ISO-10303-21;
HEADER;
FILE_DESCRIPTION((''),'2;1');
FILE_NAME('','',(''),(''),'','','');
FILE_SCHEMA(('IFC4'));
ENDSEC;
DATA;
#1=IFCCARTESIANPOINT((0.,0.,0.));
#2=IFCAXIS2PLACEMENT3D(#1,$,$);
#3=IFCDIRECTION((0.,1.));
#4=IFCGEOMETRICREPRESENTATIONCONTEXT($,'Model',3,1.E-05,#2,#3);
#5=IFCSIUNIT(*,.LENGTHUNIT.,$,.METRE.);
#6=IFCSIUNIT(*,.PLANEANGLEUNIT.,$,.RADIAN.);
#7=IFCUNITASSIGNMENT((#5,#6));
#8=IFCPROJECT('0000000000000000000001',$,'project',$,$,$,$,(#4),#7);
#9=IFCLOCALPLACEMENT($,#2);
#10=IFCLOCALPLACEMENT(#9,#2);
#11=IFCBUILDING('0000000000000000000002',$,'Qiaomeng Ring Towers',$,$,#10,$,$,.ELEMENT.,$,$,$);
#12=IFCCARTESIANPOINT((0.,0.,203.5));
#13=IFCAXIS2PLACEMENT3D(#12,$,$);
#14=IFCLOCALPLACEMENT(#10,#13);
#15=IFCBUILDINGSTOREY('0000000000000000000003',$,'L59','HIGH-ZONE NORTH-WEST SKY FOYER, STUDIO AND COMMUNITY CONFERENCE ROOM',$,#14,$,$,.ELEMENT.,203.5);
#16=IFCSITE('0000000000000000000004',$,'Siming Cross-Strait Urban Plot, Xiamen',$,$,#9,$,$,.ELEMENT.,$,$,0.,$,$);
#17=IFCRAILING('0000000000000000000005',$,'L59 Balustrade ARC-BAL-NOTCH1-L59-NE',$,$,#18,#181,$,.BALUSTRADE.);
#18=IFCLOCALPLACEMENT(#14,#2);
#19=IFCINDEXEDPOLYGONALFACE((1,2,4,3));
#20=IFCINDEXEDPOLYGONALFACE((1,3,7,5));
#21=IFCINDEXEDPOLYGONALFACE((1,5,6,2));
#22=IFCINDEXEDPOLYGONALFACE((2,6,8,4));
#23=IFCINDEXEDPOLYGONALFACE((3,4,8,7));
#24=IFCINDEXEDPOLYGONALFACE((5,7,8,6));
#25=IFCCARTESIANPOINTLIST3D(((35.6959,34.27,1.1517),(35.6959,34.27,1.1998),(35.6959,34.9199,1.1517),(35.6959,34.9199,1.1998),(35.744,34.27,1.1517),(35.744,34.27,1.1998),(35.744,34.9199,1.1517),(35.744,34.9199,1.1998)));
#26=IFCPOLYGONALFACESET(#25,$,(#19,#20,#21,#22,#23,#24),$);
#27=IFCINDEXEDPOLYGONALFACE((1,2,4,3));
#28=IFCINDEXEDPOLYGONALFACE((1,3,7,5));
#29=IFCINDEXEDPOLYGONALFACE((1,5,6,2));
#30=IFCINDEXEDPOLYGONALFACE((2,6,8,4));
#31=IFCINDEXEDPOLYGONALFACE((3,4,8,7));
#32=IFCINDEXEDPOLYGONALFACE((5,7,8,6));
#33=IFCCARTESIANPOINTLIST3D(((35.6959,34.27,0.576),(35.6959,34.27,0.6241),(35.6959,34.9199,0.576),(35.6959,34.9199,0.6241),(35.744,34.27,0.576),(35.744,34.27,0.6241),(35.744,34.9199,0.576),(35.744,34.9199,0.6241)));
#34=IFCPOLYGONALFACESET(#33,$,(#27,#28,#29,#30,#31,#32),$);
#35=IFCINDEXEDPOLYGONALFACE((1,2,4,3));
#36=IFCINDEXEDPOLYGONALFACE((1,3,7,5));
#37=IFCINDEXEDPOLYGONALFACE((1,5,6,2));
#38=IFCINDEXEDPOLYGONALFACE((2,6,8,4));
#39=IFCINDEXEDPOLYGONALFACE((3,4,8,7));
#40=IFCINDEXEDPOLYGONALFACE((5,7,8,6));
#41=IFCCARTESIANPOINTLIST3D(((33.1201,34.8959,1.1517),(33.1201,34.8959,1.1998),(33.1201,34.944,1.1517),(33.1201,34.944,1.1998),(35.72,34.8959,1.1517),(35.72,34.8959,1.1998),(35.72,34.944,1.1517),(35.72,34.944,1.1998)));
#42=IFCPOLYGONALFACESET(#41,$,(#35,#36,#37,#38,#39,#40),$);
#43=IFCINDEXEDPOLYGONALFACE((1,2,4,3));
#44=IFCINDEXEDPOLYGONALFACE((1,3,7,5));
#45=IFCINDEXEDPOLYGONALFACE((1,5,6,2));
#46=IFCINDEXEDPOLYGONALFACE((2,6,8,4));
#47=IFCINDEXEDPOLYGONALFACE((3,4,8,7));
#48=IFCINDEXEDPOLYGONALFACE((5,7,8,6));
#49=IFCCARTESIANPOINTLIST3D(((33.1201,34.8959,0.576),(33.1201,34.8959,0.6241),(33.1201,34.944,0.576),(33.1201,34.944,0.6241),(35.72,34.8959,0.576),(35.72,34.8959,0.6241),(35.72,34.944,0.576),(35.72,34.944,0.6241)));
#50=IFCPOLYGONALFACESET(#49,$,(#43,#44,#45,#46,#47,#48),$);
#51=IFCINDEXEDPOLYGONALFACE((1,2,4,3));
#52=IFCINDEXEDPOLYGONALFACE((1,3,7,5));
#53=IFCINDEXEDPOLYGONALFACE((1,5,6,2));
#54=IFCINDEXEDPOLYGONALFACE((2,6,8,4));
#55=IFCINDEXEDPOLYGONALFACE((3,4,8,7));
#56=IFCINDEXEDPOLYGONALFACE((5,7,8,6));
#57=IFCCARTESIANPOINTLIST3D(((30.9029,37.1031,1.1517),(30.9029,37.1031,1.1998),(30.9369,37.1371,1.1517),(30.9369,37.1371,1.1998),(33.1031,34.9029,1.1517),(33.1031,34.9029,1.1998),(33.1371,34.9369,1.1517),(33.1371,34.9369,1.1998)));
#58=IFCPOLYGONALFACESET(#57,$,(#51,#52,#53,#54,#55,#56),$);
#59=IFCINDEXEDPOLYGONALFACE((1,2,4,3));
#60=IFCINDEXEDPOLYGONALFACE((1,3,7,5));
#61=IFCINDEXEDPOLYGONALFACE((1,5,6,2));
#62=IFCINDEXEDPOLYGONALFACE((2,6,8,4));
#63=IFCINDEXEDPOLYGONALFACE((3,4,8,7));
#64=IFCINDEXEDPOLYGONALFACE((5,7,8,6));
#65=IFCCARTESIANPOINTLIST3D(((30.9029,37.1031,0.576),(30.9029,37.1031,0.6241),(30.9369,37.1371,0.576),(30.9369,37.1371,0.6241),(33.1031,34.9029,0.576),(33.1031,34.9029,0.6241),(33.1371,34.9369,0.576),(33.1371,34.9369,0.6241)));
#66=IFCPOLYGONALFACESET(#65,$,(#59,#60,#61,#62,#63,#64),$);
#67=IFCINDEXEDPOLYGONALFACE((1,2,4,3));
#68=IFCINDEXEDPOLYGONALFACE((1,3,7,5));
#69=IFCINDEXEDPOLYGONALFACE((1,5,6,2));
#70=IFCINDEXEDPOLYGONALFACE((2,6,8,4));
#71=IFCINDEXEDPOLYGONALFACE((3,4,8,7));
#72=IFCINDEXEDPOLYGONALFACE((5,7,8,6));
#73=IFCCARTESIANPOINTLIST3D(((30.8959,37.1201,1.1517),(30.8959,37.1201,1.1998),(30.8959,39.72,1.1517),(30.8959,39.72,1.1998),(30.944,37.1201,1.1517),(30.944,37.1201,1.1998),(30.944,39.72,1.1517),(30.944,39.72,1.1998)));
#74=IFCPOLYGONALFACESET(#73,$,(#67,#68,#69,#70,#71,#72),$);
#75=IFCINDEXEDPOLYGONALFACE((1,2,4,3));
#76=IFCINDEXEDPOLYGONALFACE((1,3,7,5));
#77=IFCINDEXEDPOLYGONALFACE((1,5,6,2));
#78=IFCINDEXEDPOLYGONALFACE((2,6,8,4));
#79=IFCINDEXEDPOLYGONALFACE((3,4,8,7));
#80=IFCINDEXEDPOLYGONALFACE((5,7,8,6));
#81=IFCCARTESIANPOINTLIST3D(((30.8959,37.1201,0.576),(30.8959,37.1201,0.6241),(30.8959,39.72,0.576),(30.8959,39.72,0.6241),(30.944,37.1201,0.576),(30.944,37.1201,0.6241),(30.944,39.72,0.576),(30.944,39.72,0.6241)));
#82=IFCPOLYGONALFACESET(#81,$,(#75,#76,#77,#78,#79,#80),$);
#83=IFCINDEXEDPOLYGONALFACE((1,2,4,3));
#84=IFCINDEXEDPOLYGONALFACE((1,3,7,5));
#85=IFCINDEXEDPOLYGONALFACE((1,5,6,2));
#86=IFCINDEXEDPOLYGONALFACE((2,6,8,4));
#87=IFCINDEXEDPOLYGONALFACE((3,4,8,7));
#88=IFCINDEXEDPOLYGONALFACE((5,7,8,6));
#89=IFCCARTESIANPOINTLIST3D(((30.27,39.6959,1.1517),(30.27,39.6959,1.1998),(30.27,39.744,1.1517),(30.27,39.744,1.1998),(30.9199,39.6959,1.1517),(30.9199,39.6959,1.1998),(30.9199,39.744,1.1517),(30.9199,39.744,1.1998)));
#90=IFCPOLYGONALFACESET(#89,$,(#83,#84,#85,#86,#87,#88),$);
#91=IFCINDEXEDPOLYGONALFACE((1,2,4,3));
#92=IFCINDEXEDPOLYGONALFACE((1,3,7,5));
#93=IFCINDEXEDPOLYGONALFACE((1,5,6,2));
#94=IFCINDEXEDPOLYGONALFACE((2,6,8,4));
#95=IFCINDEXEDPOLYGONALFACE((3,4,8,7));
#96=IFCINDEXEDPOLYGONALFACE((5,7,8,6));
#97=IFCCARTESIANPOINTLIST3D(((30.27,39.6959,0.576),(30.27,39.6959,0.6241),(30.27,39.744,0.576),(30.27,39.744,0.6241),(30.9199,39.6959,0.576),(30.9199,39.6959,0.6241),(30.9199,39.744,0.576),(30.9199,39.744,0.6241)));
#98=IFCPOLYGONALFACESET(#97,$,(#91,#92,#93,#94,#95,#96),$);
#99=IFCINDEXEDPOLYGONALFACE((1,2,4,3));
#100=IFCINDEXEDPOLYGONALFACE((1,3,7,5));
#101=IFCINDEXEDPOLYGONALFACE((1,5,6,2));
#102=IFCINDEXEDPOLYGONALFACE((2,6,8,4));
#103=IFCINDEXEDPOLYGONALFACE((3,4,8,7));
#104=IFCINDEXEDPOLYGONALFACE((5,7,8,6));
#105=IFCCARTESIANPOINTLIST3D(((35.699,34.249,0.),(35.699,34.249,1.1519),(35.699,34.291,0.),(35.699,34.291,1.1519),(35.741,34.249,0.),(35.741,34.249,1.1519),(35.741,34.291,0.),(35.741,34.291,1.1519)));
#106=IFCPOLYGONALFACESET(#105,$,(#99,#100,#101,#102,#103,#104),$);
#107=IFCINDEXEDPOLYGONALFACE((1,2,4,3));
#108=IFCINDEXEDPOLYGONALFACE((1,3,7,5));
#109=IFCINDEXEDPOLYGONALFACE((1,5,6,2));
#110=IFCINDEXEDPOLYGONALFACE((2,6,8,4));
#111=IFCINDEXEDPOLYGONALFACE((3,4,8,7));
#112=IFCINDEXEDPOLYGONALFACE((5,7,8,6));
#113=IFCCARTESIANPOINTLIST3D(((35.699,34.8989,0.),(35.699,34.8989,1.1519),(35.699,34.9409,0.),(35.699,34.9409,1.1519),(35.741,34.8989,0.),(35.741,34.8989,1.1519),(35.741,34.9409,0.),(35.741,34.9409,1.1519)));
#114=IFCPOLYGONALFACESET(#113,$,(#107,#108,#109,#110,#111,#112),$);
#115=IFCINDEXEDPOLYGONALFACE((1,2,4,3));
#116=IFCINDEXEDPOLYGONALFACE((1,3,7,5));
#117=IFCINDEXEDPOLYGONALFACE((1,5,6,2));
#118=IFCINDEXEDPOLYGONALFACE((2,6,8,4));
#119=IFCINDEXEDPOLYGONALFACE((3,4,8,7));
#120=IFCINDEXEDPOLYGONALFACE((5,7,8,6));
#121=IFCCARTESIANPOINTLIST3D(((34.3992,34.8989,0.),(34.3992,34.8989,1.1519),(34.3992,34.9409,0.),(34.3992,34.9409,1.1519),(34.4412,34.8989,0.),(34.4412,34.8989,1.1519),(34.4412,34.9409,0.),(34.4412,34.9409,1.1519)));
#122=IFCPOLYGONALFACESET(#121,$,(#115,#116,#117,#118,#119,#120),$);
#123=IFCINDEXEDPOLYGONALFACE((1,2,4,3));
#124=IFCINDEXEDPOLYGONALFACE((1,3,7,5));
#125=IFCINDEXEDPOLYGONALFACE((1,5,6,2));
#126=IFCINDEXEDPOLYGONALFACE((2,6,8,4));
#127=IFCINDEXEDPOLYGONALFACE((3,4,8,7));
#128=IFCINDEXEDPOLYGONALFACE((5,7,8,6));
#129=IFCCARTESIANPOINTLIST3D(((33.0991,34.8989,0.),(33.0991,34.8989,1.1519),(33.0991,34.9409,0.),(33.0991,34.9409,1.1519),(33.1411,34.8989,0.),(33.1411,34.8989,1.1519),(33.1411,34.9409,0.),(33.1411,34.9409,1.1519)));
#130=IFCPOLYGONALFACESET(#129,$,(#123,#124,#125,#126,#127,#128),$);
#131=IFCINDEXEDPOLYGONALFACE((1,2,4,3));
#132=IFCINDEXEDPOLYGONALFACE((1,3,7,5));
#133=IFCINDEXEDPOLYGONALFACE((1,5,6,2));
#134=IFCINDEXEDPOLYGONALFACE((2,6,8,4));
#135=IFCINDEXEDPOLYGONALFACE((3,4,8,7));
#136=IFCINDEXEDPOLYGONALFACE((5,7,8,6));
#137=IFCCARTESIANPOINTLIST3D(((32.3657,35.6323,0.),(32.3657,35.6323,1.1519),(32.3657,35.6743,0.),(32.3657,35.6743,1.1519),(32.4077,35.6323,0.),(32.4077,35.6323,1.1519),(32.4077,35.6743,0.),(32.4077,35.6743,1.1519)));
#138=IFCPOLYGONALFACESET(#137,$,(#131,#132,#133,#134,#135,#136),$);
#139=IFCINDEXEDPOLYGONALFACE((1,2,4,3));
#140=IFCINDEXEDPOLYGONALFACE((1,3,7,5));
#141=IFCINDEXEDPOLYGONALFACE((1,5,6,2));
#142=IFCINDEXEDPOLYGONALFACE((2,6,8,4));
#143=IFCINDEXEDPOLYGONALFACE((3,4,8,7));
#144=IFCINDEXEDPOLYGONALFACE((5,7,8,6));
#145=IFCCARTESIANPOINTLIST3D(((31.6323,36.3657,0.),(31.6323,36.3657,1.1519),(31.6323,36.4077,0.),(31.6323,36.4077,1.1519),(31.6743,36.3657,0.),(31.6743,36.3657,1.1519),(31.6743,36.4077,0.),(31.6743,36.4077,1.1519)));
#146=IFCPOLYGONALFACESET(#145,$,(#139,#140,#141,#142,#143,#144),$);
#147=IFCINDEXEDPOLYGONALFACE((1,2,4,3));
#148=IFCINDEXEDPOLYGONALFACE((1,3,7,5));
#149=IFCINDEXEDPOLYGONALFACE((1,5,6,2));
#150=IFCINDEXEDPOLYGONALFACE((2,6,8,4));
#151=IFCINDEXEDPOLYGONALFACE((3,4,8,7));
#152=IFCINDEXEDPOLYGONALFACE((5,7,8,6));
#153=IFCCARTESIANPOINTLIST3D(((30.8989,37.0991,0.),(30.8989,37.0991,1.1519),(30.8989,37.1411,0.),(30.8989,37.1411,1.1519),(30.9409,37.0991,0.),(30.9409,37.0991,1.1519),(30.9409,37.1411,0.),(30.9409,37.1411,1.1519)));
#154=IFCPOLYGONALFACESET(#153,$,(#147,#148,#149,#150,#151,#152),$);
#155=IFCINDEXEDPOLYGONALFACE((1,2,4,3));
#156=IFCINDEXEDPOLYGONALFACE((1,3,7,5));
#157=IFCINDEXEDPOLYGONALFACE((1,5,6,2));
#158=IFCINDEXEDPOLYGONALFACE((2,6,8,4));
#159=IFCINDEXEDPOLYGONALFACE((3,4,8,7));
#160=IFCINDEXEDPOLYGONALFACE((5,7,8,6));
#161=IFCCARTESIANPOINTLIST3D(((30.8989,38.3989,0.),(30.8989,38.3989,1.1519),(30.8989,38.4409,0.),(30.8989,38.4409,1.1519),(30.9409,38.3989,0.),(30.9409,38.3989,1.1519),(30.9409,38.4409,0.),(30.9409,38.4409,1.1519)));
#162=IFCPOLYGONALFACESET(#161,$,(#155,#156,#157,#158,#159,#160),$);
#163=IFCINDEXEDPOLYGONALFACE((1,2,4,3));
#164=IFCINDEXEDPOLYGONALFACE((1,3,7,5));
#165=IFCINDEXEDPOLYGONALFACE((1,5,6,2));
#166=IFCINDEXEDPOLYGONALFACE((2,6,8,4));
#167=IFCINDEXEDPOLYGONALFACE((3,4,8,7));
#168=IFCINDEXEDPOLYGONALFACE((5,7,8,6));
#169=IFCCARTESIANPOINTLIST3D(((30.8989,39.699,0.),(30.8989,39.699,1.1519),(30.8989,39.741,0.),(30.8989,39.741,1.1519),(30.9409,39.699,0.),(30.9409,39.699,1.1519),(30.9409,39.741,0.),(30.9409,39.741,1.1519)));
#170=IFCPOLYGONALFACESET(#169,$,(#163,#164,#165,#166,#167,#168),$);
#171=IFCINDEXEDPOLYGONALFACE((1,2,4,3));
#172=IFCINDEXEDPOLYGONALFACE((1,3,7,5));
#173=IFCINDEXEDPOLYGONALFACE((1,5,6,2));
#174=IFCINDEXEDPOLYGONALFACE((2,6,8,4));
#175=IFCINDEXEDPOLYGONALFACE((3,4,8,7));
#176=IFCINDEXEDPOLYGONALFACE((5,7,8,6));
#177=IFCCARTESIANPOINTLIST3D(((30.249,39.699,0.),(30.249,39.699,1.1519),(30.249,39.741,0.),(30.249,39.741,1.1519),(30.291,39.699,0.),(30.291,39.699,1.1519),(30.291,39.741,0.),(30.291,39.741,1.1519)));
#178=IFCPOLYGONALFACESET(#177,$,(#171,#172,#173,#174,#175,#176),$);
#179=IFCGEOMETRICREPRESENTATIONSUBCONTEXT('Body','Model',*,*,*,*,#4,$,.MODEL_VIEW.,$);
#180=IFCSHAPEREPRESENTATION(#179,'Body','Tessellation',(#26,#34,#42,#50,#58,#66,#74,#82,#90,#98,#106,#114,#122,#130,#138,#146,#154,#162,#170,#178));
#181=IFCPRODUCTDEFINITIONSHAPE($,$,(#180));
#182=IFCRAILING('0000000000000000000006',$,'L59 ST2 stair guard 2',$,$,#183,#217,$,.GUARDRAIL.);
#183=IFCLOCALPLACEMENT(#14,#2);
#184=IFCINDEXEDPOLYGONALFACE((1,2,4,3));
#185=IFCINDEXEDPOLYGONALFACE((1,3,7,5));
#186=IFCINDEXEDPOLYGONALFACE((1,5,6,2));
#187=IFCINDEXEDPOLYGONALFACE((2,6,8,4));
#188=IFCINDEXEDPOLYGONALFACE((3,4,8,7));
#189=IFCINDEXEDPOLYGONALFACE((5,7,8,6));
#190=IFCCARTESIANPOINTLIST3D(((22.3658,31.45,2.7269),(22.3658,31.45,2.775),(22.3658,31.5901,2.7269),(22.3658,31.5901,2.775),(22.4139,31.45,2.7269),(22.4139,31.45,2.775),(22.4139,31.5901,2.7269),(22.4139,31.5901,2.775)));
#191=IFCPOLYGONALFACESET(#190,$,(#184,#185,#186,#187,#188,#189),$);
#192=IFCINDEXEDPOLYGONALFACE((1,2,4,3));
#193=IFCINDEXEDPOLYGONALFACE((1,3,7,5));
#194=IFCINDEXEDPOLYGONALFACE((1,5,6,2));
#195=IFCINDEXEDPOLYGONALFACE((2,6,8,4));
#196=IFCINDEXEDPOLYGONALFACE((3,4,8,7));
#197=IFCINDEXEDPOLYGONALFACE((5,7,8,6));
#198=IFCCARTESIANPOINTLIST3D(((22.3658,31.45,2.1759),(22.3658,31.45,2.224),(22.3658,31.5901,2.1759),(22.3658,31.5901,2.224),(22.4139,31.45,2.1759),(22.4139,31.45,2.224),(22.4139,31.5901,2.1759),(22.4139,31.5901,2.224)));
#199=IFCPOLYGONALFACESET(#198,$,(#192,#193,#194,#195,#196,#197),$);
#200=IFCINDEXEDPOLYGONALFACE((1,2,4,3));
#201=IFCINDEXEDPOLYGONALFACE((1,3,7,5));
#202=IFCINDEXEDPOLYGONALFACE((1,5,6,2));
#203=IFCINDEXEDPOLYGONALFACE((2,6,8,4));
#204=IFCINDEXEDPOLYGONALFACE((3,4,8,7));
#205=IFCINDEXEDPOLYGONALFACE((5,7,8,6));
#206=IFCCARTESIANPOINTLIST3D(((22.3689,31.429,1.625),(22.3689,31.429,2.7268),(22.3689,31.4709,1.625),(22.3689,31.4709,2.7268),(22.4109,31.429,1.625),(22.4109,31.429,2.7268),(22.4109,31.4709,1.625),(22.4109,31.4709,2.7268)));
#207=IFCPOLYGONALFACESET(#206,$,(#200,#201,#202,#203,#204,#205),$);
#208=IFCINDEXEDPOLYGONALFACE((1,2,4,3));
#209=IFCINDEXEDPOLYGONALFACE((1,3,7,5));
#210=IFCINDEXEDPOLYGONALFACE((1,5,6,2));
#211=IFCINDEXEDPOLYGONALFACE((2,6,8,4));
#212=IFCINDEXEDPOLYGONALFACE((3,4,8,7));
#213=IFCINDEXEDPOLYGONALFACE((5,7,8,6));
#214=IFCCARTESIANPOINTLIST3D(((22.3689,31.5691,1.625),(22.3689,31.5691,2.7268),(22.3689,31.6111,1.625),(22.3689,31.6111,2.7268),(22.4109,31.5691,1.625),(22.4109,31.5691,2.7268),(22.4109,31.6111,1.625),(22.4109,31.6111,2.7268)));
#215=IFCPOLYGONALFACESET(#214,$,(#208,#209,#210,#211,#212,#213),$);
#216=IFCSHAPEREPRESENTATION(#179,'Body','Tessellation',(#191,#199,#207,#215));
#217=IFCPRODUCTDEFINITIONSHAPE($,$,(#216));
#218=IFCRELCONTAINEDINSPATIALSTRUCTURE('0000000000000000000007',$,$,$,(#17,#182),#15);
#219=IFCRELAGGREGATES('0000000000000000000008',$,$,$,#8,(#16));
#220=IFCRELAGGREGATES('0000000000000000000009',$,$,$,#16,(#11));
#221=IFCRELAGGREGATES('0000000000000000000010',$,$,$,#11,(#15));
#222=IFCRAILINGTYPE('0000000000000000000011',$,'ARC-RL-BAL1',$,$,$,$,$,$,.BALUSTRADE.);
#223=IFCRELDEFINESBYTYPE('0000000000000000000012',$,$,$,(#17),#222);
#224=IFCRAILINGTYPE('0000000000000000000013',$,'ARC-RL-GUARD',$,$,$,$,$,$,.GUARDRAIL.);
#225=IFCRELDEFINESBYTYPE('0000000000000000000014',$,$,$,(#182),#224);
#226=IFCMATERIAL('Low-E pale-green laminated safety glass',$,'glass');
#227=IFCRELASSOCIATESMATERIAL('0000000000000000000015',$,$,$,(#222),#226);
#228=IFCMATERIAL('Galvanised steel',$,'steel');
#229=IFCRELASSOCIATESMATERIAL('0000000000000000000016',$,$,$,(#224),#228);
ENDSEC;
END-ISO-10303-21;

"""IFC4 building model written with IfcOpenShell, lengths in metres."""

from ifc_helpers import new_model, si_unit, direction, frame, origin, origin_2d, place, context, subcontext, project, spatial, rectangle, extrude, material, type_object, element, save


model = new_model("IFC4")

# Units and contexts
model_context = context("Model", 3, precision=1e-05, world=origin(), true_north=direction((0.0, 1.0)))
body_context = subcontext(model_context, "Body", "Model", "MODEL_VIEW")
ifc_project = project(units=[si_unit("LENGTHUNIT", "METRE"), si_unit("PLANEANGLEUNIT", "RADIAN")], contexts=[model_context])

# Site, building, storey
site_placement = place(None, origin())
site = spatial("IfcSite", under=ifc_project, at=site_placement, Name="Siming Cross-Strait Urban Plot, Xiamen", CompositionType="ELEMENT", RefElevation=0.0)
building_placement = place(site_placement, origin())
building = spatial("IfcBuilding", under=site, at=building_placement, Name="Qiaomeng Ring Towers", CompositionType="ELEMENT")
storey_placement = place(building_placement, frame((0.0, 0.0, 203.5)))
storey = spatial("IfcBuildingStorey", under=building, at=storey_placement, Name="L59", Description="HIGH-ZONE NORTH-WEST SKY FOYER, STUDIO AND COMMUNITY CONFERENCE ROOM", CompositionType="ELEMENT", Elevation=203.5)

# Railings
ifc_material_1 = material(Name="Low-E pale-green laminated safety glass", Category="glass")
railing_type_1 = type_object("IfcRailingType", Name="ARC-RL-BAL1", PredefinedType="BALUSTRADE", material=ifc_material_1)
railing_1_placement = place(storey_placement, frame((35.72, 34.27, 0.0)))
element("IfcRailing", 1, at=railing_1_placement, inside=storey, type_object=railing_type_1, Name="L59 Balustrade ARC-BAL-NOTCH1-L59-NE", PredefinedType="BALUSTRADE", context=body_context, shape_type="SweptSolid", body=[
    extrude(rectangle(XDim=0.0481, YDim=0.0481, at=origin_2d()), frame((0.0, 0.0, 1.1758), z_axis=(0.0, 1.0, 0.0), x_axis=(-1.0, 0.0, 0.0)), (0.0, 0.0, 1.0), 0.6499),
    extrude(rectangle(XDim=0.0481, YDim=0.0481, at=origin_2d()), frame((0.0, 0.0, 0.6001), z_axis=(0.0, 1.0, 0.0), x_axis=(-1.0, 0.0, 0.0)), (0.0, 0.0, 1.0), 0.6499),
    extrude(rectangle(XDim=0.0481, YDim=0.0481, at=origin_2d()), frame((0.0, 0.6499, 1.1758), z_axis=(-1.0, 0.0, 0.0), x_axis=(0.0, -1.0, 0.0)), (0.0, 0.0, 1.0), 2.5999),
    extrude(rectangle(XDim=0.0481, YDim=0.0481, at=origin_2d()), frame((0.0, 0.6499, 0.6001), z_axis=(-1.0, 0.0, 0.0), x_axis=(0.0, -1.0, 0.0)), (0.0, 0.0, 1.0), 2.5999),
    extrude(rectangle(XDim=0.0481, YDim=0.0481, at=origin_2d()), frame((-2.5999, 0.6499, 1.1758), z_axis=(-0.707107, 0.707107, 0.0), x_axis=(-0.707107, -0.707107, 0.0)), (0.0, 0.0, 1.0), 3.1116),
    extrude(rectangle(XDim=0.0481, YDim=0.0481, at=origin_2d()), frame((-2.5999, 0.6499, 0.6001), z_axis=(-0.707107, 0.707107, 0.0), x_axis=(-0.707107, -0.707107, 0.0)), (0.0, 0.0, 1.0), 3.1116),
    extrude(rectangle(XDim=0.0481, YDim=0.0481, at=origin_2d()), frame((-4.8, 2.8501, 1.1758), z_axis=(0.0, 1.0, 0.0), x_axis=(-1.0, 0.0, 0.0)), (0.0, 0.0, 1.0), 2.5999),
    extrude(rectangle(XDim=0.0481, YDim=0.0481, at=origin_2d()), frame((-4.8, 2.8501, 0.6001), z_axis=(0.0, 1.0, 0.0), x_axis=(-1.0, 0.0, 0.0)), (0.0, 0.0, 1.0), 2.5999),
    extrude(rectangle(XDim=0.0481, YDim=0.0481, at=origin_2d()), frame((-4.8, 5.45, 1.1758), z_axis=(-1.0, 0.0, 0.0), x_axis=(0.0, -1.0, 0.0)), (0.0, 0.0, 1.0), 0.6499),
    extrude(rectangle(XDim=0.0481, YDim=0.0481, at=origin_2d()), frame((-4.8, 5.45, 0.6001), z_axis=(-1.0, 0.0, 0.0), x_axis=(0.0, -1.0, 0.0)), (0.0, 0.0, 1.0), 0.6499),
    extrude(rectangle(XDim=0.042, YDim=0.042, at=origin_2d()), origin(), (0.0, 0.0, 1.0), 1.1519),
    extrude(rectangle(XDim=0.042, YDim=0.042, at=origin_2d()), frame((0.0, 0.6499, 0.0)), (0.0, 0.0, 1.0), 1.1519),
    extrude(rectangle(XDim=0.042, YDim=0.042, at=origin_2d()), frame((-1.2998, 0.6499, 0.0)), (0.0, 0.0, 1.0), 1.1519),
    extrude(rectangle(XDim=0.042, YDim=0.042, at=origin_2d()), frame((-2.5999, 0.6499, 0.0)), (0.0, 0.0, 1.0), 1.1519),
    extrude(rectangle(XDim=0.042, YDim=0.042, at=origin_2d()), frame((-3.3333, 1.3833, 0.0)), (0.0, 0.0, 1.0), 1.1519),
    extrude(rectangle(XDim=0.042, YDim=0.042, at=origin_2d()), frame((-4.0667, 2.1167, 0.0)), (0.0, 0.0, 1.0), 1.1519),
    extrude(rectangle(XDim=0.042, YDim=0.042, at=origin_2d()), frame((-4.8, 2.8501, 0.0)), (0.0, 0.0, 1.0), 1.1519),
    extrude(rectangle(XDim=0.042, YDim=0.042, at=origin_2d()), frame((-4.8, 4.1499, 0.0)), (0.0, 0.0, 1.0), 1.1519),
    extrude(rectangle(XDim=0.042, YDim=0.042, at=origin_2d()), frame((-4.8, 5.45, 0.0)), (0.0, 0.0, 1.0), 1.1519),
    extrude(rectangle(XDim=0.042, YDim=0.042, at=origin_2d()), frame((-5.45, 5.45, 0.0)), (0.0, 0.0, 1.0), 1.1519),
])
ifc_material_2 = material(Name="Galvanised steel", Category="steel")
railing_type_2 = type_object("IfcRailingType", Name="ARC-RL-GUARD", PredefinedType="GUARDRAIL", material=ifc_material_2)
railing_2_placement = place(storey_placement, frame((22.3899, 31.45, 1.625)))
element("IfcRailing", 2, at=railing_2_placement, inside=storey, type_object=railing_type_2, Name="L59 ST2 stair guard 2", PredefinedType="GUARDRAIL", context=body_context, shape_type="SweptSolid", body=[
    extrude(rectangle(XDim=0.0481, YDim=0.0481, at=origin_2d()), frame((0.0, 0.0, 1.126), z_axis=(0.0, 1.0, 0.0), x_axis=(-1.0, 0.0, 0.0)), (0.0, 0.0, 1.0), 0.1401),
    extrude(rectangle(XDim=0.0481, YDim=0.0481, at=origin_2d()), frame((0.0, 0.0, 0.575), z_axis=(0.0, 1.0, 0.0), x_axis=(-1.0, 0.0, 0.0)), (0.0, 0.0, 1.0), 0.1401),
    extrude(rectangle(XDim=0.042, YDim=0.042, at=origin_2d()), origin(), (0.0, 0.0, 1.0), 1.1018),
    extrude(rectangle(XDim=0.042, YDim=0.042, at=origin_2d()), frame((0.0, 0.1401, 0.0)), (0.0, 0.0, 1.0), 1.1018),
])

save(model, "model.ifc")
